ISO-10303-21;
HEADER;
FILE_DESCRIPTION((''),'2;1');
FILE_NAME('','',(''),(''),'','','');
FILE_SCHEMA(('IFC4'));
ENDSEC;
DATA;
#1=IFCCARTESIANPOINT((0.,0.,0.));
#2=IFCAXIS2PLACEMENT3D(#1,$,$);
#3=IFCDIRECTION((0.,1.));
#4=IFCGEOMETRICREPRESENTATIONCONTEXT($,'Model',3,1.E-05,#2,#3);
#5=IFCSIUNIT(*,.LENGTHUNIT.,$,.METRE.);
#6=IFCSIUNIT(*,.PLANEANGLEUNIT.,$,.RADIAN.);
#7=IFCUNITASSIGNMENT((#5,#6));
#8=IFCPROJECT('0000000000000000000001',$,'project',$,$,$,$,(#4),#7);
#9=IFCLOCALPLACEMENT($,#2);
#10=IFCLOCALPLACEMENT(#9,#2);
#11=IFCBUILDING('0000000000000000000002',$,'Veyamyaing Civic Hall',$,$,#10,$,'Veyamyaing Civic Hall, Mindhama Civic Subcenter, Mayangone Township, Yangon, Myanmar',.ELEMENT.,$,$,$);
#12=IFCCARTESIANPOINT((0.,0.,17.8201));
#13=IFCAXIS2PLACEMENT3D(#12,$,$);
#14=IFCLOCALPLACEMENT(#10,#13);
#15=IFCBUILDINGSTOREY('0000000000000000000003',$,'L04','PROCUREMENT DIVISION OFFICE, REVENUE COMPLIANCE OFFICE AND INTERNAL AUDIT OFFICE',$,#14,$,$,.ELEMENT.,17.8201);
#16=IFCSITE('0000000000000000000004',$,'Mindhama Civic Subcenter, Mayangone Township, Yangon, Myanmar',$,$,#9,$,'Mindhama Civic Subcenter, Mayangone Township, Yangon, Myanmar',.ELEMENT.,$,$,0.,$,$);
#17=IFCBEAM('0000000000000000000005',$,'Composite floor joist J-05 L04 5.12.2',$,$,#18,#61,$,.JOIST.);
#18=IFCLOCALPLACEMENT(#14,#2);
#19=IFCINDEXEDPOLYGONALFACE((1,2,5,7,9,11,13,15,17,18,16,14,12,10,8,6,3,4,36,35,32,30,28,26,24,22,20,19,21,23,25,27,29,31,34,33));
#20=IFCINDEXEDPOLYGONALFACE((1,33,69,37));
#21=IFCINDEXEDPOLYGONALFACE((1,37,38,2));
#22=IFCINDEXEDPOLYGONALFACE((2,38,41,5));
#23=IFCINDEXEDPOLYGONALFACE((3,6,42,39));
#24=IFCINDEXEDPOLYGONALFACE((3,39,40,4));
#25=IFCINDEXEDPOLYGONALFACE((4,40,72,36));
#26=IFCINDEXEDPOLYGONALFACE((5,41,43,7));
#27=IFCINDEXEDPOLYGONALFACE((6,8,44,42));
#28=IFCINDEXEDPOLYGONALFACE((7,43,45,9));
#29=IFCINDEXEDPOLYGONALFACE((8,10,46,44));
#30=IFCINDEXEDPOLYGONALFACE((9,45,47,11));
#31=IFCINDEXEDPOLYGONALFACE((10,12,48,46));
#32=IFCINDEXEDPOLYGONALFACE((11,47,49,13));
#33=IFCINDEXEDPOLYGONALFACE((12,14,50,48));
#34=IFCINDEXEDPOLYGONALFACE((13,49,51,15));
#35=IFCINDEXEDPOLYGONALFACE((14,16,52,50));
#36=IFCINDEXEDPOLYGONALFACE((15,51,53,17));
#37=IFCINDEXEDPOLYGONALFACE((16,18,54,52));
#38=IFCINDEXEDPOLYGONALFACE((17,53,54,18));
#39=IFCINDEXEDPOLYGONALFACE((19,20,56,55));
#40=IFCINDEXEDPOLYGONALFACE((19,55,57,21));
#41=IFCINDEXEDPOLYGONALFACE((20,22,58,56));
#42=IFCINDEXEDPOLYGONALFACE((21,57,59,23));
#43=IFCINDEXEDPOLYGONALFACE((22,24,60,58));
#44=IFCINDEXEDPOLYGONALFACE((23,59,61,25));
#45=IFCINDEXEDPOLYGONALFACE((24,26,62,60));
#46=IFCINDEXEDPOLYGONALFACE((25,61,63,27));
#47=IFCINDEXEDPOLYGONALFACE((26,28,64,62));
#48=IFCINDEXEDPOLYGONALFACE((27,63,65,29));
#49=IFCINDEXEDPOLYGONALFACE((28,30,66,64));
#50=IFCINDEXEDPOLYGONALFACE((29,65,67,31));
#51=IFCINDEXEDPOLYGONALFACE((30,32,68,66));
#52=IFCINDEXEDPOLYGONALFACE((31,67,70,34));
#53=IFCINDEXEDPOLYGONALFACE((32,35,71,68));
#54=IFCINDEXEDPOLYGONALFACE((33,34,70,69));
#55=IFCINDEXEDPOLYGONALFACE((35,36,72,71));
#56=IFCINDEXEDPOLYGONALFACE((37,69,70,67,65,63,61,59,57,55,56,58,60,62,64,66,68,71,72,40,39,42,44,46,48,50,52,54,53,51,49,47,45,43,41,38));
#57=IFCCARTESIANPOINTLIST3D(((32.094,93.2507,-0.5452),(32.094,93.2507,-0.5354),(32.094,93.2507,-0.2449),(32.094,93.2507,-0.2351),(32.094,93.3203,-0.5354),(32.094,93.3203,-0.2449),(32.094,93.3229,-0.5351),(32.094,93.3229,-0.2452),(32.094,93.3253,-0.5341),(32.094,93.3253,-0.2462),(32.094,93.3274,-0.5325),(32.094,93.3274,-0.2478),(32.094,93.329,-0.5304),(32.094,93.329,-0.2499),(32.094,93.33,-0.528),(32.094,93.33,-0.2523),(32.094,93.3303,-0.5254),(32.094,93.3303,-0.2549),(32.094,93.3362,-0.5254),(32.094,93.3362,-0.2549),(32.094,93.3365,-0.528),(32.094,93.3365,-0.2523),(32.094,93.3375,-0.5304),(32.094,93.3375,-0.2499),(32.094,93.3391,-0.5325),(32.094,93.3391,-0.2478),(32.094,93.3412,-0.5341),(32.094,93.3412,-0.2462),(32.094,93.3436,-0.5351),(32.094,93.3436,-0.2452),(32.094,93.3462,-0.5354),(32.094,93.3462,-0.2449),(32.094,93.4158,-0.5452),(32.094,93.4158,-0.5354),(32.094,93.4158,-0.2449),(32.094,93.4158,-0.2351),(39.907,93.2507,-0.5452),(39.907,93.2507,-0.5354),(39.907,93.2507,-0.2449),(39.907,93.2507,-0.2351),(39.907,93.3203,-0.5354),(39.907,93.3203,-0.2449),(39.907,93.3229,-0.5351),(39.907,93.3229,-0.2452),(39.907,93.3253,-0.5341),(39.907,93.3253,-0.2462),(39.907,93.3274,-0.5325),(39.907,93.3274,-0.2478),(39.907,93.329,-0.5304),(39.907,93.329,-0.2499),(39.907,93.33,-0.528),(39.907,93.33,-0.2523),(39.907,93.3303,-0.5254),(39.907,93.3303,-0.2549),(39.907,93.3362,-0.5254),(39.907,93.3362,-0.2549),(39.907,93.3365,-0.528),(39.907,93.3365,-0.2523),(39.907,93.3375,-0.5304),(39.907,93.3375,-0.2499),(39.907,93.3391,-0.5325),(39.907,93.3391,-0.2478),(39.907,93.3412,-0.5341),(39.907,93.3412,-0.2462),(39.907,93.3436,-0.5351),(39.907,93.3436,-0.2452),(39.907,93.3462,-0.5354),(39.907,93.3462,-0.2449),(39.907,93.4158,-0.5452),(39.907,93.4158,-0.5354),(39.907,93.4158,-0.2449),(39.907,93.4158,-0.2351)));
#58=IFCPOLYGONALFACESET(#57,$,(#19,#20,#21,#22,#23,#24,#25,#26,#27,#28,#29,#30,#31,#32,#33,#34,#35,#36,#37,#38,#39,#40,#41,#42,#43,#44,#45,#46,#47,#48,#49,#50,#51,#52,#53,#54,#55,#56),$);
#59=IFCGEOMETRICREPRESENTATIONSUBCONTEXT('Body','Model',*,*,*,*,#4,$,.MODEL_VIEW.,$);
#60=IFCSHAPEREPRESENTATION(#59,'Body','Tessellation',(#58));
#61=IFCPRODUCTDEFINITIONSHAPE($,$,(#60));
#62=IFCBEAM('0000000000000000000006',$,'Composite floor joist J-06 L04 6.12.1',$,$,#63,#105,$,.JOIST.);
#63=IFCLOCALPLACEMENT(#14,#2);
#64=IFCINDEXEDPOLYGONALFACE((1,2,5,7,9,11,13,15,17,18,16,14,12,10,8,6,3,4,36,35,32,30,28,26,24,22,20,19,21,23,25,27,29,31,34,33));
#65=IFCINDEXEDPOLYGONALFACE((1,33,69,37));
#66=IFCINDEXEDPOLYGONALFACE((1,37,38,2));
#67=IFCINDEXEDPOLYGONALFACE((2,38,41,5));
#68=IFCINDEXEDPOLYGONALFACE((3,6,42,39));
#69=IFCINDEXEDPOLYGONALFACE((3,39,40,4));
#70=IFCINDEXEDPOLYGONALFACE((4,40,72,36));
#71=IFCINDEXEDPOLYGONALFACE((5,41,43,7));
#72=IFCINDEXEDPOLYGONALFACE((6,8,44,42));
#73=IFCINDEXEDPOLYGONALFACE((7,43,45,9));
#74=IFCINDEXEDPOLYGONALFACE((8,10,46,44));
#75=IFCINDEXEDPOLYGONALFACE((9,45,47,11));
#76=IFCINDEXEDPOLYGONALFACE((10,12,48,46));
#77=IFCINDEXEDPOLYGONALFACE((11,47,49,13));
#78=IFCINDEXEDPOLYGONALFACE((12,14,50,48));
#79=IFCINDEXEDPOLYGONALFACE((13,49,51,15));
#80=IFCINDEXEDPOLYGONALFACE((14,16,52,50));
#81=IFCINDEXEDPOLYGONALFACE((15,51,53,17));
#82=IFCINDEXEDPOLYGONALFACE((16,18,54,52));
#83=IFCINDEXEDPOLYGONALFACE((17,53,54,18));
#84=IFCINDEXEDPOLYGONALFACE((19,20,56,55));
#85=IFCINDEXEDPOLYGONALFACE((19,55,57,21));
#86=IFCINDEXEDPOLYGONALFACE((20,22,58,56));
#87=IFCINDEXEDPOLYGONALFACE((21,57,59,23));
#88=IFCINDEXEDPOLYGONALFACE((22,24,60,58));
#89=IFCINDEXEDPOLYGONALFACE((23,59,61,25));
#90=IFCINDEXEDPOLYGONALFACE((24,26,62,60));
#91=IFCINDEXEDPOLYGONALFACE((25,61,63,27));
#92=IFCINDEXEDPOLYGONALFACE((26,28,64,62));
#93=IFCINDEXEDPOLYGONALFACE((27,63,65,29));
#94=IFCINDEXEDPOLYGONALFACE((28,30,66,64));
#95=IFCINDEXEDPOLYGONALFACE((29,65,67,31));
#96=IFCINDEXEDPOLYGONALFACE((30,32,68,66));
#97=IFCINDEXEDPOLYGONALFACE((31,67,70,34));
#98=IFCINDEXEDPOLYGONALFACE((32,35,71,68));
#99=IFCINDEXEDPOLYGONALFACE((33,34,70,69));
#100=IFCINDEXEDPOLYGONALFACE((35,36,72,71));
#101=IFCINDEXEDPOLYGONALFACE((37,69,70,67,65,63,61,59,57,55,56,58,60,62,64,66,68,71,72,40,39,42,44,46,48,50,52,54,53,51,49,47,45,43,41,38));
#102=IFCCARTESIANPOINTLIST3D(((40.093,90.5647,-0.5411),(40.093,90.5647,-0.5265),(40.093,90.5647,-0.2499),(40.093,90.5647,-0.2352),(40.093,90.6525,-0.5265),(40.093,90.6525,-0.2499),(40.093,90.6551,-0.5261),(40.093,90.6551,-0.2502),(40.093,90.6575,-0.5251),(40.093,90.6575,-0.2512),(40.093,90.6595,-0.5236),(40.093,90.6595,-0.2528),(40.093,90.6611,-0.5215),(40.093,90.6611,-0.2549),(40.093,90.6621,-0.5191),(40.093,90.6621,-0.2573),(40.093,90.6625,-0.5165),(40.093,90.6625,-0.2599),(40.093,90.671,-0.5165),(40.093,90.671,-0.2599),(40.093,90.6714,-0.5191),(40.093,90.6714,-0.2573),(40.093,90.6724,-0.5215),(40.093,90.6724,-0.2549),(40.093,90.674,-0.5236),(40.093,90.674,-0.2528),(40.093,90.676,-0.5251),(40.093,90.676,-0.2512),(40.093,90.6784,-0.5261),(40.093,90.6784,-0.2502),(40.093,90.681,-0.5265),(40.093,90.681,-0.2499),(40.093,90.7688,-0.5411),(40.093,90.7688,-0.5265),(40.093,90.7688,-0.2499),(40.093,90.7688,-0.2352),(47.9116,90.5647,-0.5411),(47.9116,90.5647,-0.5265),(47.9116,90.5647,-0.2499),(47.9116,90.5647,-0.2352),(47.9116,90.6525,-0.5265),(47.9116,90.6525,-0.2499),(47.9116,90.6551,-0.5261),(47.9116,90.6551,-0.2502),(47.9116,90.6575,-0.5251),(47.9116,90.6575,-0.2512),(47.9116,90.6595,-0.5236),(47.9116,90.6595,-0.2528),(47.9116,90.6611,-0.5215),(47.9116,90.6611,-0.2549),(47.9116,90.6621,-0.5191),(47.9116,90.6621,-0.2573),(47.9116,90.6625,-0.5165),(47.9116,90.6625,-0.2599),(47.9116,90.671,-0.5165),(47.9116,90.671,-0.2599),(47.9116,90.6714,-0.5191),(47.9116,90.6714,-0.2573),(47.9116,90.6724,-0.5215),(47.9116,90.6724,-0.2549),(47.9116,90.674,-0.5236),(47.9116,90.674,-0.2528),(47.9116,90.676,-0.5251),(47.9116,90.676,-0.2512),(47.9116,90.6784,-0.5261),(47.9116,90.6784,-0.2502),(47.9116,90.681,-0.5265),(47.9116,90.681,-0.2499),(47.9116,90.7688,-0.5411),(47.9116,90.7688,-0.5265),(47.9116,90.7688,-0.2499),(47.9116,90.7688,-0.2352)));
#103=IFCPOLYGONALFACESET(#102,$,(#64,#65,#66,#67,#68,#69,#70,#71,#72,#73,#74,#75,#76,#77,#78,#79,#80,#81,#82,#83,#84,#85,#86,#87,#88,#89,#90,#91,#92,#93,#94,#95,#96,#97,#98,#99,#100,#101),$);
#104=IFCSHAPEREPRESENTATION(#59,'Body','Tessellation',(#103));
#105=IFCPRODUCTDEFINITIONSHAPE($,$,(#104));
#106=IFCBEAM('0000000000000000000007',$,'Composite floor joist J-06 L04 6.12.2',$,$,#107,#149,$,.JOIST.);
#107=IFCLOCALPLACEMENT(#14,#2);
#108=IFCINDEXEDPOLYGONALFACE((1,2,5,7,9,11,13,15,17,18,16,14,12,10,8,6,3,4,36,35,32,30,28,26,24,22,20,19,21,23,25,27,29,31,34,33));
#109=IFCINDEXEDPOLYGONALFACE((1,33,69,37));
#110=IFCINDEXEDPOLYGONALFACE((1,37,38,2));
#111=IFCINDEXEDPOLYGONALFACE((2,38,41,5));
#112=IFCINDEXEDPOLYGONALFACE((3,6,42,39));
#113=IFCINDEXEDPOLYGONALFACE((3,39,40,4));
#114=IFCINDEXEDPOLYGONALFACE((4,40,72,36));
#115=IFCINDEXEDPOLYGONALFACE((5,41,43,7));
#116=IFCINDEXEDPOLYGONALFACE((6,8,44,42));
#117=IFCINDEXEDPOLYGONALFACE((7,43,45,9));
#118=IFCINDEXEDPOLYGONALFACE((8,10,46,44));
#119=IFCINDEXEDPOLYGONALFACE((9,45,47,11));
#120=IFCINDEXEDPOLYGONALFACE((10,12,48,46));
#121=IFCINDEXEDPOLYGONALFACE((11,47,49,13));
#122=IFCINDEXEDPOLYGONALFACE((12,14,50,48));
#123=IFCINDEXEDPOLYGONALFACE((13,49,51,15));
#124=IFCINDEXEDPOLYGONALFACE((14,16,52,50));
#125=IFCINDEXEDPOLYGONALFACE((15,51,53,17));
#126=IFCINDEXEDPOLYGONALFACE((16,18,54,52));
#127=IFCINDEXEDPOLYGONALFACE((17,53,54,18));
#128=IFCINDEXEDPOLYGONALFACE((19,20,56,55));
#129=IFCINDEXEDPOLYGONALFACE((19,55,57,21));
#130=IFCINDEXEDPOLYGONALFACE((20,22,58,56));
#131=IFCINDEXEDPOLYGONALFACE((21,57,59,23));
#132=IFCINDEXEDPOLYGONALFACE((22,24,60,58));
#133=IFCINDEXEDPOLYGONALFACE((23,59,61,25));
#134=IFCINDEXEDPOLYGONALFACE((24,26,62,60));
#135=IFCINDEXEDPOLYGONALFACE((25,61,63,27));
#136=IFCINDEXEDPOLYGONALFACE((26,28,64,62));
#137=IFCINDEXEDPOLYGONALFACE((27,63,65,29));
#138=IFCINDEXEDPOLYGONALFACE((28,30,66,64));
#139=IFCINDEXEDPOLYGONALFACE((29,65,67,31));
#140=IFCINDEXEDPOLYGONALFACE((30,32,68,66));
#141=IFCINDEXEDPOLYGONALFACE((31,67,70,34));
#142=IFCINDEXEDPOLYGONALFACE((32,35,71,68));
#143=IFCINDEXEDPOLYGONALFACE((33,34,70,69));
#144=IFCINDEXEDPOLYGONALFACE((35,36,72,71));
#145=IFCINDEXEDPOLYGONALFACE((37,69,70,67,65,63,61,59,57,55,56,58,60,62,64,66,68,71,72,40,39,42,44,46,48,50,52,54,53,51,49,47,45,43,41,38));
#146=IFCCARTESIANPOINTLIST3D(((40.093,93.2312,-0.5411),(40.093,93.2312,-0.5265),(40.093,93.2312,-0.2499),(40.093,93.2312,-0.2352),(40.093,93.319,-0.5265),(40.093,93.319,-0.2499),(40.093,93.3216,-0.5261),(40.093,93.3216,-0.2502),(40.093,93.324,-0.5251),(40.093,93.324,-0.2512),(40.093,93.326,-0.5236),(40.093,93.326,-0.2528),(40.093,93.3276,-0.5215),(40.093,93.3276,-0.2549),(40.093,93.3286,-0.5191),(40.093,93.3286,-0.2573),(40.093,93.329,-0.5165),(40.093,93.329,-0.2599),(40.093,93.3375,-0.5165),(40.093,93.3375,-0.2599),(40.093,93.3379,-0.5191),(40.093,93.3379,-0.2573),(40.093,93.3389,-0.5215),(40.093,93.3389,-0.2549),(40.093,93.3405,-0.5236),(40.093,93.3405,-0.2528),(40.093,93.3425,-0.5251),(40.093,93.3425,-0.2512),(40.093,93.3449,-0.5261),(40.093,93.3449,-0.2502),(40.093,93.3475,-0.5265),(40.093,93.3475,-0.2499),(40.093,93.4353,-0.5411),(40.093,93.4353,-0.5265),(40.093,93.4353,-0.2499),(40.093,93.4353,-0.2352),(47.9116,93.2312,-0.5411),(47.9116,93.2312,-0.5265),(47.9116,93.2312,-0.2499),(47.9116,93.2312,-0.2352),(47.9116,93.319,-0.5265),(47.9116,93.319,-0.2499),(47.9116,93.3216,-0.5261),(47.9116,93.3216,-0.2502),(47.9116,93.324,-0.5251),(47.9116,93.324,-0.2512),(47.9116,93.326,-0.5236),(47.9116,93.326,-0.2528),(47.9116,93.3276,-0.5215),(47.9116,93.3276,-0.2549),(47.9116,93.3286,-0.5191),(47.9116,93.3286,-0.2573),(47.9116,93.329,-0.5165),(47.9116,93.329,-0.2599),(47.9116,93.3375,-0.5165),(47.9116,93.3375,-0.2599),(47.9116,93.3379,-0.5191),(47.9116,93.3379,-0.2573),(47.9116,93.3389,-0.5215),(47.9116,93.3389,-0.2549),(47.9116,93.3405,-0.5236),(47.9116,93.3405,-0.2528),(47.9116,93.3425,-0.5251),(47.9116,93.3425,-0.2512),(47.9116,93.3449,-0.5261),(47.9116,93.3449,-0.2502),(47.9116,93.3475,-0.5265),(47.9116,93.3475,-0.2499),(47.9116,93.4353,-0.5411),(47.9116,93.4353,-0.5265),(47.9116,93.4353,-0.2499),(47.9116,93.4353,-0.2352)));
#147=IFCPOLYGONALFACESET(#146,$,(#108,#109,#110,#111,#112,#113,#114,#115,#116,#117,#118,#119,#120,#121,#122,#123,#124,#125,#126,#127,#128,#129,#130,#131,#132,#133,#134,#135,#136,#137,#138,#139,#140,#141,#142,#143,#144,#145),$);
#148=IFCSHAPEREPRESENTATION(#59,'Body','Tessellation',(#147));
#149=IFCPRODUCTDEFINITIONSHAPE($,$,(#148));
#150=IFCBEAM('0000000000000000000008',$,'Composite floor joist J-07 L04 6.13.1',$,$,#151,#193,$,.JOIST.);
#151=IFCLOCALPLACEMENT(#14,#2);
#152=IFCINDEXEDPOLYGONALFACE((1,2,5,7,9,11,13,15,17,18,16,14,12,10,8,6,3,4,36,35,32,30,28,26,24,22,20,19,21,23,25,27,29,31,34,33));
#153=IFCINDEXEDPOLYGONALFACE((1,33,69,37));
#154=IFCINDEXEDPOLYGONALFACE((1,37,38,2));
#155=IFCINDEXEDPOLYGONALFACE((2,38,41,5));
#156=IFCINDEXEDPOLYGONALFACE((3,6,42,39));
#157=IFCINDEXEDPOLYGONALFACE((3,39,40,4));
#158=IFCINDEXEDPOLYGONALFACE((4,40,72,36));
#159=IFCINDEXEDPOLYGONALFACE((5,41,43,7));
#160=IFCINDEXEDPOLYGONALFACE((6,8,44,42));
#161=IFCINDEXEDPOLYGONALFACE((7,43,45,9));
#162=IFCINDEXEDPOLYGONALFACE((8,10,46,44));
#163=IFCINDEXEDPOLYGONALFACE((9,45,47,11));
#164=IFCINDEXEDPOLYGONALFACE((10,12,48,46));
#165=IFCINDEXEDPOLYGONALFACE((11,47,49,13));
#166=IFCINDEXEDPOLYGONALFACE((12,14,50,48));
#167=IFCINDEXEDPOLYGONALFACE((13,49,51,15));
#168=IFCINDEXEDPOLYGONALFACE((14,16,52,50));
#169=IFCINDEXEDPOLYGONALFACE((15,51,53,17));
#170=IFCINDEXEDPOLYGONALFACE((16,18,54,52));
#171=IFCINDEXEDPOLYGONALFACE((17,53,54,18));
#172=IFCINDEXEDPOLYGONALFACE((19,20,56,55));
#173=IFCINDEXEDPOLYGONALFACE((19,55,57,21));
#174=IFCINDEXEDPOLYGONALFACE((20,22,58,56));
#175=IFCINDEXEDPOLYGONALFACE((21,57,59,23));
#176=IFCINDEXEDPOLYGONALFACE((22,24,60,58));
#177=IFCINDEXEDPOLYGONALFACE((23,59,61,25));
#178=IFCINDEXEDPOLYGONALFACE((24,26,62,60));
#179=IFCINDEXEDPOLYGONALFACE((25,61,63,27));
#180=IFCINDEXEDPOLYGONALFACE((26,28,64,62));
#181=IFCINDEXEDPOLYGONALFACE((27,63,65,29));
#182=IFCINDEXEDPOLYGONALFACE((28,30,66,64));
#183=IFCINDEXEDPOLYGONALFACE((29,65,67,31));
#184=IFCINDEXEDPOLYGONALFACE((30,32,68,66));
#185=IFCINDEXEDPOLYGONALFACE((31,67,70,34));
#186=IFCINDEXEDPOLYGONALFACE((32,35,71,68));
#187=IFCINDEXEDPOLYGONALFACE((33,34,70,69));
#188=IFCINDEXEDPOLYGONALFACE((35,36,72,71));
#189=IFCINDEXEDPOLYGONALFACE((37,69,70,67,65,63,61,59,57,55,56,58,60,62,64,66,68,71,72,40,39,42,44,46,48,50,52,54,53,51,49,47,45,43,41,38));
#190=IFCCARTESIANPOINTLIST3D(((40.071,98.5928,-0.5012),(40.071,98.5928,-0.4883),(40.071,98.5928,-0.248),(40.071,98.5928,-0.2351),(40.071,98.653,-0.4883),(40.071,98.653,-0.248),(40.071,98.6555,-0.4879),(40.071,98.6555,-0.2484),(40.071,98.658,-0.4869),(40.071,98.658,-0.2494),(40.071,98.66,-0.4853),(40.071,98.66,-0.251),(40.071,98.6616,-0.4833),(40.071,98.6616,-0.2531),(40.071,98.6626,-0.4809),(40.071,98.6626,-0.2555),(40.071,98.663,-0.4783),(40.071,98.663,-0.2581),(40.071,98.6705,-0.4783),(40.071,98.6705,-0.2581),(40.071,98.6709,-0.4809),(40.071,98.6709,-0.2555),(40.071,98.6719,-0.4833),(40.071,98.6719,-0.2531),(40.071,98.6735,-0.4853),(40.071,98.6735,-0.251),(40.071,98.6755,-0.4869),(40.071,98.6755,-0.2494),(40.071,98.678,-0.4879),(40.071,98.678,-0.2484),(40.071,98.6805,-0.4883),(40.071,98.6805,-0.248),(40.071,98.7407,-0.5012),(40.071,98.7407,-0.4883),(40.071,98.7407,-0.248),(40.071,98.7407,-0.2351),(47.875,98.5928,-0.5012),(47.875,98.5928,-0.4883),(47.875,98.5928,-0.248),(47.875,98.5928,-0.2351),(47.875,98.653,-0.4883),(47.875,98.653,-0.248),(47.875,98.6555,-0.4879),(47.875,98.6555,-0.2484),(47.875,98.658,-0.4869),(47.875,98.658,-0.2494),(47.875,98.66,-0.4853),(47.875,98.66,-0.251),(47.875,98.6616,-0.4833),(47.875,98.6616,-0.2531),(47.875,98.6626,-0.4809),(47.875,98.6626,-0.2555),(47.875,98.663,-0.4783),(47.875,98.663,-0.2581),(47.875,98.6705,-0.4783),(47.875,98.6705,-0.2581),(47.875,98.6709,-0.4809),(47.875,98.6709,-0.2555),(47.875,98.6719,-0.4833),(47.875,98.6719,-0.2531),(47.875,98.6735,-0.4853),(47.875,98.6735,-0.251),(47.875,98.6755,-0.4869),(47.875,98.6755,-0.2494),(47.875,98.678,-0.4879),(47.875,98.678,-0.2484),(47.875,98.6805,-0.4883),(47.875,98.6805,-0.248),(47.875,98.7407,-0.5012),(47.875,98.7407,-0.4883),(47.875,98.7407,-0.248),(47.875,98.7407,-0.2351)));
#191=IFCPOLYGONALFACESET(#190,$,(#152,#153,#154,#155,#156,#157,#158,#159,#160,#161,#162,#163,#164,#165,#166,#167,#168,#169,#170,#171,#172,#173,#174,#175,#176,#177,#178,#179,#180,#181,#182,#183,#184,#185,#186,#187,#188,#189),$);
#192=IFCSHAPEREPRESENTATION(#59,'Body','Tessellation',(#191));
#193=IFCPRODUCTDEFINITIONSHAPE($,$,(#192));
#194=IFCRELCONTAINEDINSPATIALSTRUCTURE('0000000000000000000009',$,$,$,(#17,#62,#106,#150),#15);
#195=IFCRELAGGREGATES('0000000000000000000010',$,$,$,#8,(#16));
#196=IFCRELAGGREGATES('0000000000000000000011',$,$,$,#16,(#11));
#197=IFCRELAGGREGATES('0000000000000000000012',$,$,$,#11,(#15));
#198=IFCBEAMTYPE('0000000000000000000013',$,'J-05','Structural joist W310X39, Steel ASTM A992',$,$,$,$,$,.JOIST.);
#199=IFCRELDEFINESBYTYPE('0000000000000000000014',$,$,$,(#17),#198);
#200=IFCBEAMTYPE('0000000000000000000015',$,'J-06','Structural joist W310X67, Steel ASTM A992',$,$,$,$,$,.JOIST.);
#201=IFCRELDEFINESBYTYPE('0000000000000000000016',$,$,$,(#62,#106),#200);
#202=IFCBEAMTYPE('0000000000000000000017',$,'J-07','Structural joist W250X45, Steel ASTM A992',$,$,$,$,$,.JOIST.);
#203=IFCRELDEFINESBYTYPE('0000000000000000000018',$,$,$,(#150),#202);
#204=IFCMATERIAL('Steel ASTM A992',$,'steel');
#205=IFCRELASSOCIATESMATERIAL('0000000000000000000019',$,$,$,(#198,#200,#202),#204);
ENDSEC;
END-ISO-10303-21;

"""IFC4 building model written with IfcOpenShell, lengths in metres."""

from ifc_helpers import new_model, si_unit, direction, frame, origin, origin_2d, place, context, subcontext, project, spatial, i_section, extrude, material, material_profile, profile_set, type_object, element, save


model = new_model("IFC4")

# Units and contexts
model_context = context("Model", 3, precision=1e-05, world=origin(), true_north=direction((0.0, 1.0)))
body_context = subcontext(model_context, "Body", "Model", "MODEL_VIEW")
ifc_project = project(units=[si_unit("LENGTHUNIT", "METRE"), si_unit("PLANEANGLEUNIT", "RADIAN")], contexts=[model_context])

# Site, building, storey
site_placement = place(None, origin())
site = spatial("IfcSite", under=ifc_project, at=site_placement, Name="Mindhama Civic Subcenter, Mayangone Township, Yangon, Myanmar", LongName="Mindhama Civic Subcenter, Mayangone Township, Yangon, Myanmar", CompositionType="ELEMENT", RefElevation=0.0)
building_placement = place(site_placement, origin())
building = spatial("IfcBuilding", under=site, at=building_placement, Name="Veyamyaing Civic Hall", LongName="Veyamyaing Civic Hall, Mindhama Civic Subcenter, Mayangone Township, Yangon, Myanmar", CompositionType="ELEMENT")
storey_placement = place(building_placement, frame((0.0, 0.0, 17.8201)))
storey = spatial("IfcBuildingStorey", under=building, at=storey_placement, Name="L04", Description="PROCUREMENT DIVISION OFFICE, REVENUE COMPLIANCE OFFICE AND INTERNAL AUDIT OFFICE", CompositionType="ELEMENT", Elevation=17.8201)

# Beams
ifc_material_1 = material(Name="Steel ASTM A992", Category="steel")
ifc_material_profile_1 = material_profile(ifc_material_1, i_section(OverallWidth=0.165, OverallDepth=0.3101, WebThickness=0.0059, FlangeThickness=0.0098, FilletRadius=0.01, at=origin_2d()), Name="W310X39")
ifc_profile_set_1 = profile_set([ifc_material_profile_1], Name="Steel ASTM A992")
beam_type_1 = type_object("IfcBeamType", Name="J-05", Description="Structural joist W310X39, Steel ASTM A992", PredefinedType="JOIST", material=ifc_profile_set_1)
for number, where, z_axis, x_axis, name in (
    (1, (32.094, 93.3333, -0.3901), (1.0, 0.0, 0.0), (0.0, 1.0, 0.0), "Composite floor joist J-05 L04 5.12.2"),
):
    element("IfcBeam", number, at=place(storey_placement, frame(where, z_axis=z_axis, x_axis=x_axis)), inside=storey, type_object=beam_type_1, Name=name, PredefinedType="JOIST", context=body_context, shape_type="SweptSolid", body=[
        extrude(i_section(OverallWidth=0.165, OverallDepth=0.3101, WebThickness=0.0059, FlangeThickness=0.0098, FilletRadius=0.01, at=origin_2d()), origin(), (0.0, 0.0, 1.0), 7.813),
    ])
ifc_material_profile_2 = material_profile(ifc_material_1, i_section(OverallWidth=0.2041, OverallDepth=0.3059, WebThickness=0.0085, FlangeThickness=0.0146, FilletRadius=0.01, at=origin_2d()), Name="W310X67")
ifc_profile_set_2 = profile_set([ifc_material_profile_2], Name="Steel ASTM A992")
beam_type_2 = type_object("IfcBeamType", Name="J-06", Description="Structural joist W310X67, Steel ASTM A992", PredefinedType="JOIST", material=ifc_profile_set_2)
for number, where, z_axis, x_axis, name in (
    (2, (40.093, 90.6667, -0.3882), (1.0, 0.0, 0.0), (0.0, 1.0, 0.0), "Composite floor joist J-06 L04 6.12.1"),
    (3, (40.093, 93.3333, -0.3882), (1.0, 0.0, 0.0), (0.0, 1.0, 0.0), "Composite floor joist J-06 L04 6.12.2"),
):
    element("IfcBeam", number, at=place(storey_placement, frame(where, z_axis=z_axis, x_axis=x_axis)), inside=storey, type_object=beam_type_2, Name=name, PredefinedType="JOIST", context=body_context, shape_type="SweptSolid", body=[
        extrude(i_section(OverallWidth=0.2041, OverallDepth=0.3059, WebThickness=0.0085, FlangeThickness=0.0146, FilletRadius=0.01, at=origin_2d()), origin(), (0.0, 0.0, 1.0), 7.8186),
    ])
ifc_material_profile_3 = material_profile(ifc_material_1, i_section(OverallWidth=0.1479, OverallDepth=0.2661, WebThickness=0.0076, FlangeThickness=0.0129, FilletRadius=0.01, at=origin_2d()), Name="W250X45")
ifc_profile_set_3 = profile_set([ifc_material_profile_3], Name="Steel ASTM A992")
beam_type_3 = type_object("IfcBeamType", Name="J-07", Description="Structural joist W250X45, Steel ASTM A992", PredefinedType="JOIST", material=ifc_profile_set_3)
for number, where, z_axis, x_axis, name in (
    (4, (40.071, 98.6667, -0.3682), (1.0, 0.0, 0.0), (0.0, 1.0, 0.0), "Composite floor joist J-07 L04 6.13.1"),
):
    element("IfcBeam", number, at=place(storey_placement, frame(where, z_axis=z_axis, x_axis=x_axis)), inside=storey, type_object=beam_type_3, Name=name, PredefinedType="JOIST", context=body_context, shape_type="SweptSolid", body=[
        extrude(i_section(OverallWidth=0.1479, OverallDepth=0.2661, WebThickness=0.0076, FlangeThickness=0.0129, FilletRadius=0.01, at=origin_2d()), origin(), (0.0, 0.0, 1.0), 7.804),
    ])

save(model, "model.ifc")
